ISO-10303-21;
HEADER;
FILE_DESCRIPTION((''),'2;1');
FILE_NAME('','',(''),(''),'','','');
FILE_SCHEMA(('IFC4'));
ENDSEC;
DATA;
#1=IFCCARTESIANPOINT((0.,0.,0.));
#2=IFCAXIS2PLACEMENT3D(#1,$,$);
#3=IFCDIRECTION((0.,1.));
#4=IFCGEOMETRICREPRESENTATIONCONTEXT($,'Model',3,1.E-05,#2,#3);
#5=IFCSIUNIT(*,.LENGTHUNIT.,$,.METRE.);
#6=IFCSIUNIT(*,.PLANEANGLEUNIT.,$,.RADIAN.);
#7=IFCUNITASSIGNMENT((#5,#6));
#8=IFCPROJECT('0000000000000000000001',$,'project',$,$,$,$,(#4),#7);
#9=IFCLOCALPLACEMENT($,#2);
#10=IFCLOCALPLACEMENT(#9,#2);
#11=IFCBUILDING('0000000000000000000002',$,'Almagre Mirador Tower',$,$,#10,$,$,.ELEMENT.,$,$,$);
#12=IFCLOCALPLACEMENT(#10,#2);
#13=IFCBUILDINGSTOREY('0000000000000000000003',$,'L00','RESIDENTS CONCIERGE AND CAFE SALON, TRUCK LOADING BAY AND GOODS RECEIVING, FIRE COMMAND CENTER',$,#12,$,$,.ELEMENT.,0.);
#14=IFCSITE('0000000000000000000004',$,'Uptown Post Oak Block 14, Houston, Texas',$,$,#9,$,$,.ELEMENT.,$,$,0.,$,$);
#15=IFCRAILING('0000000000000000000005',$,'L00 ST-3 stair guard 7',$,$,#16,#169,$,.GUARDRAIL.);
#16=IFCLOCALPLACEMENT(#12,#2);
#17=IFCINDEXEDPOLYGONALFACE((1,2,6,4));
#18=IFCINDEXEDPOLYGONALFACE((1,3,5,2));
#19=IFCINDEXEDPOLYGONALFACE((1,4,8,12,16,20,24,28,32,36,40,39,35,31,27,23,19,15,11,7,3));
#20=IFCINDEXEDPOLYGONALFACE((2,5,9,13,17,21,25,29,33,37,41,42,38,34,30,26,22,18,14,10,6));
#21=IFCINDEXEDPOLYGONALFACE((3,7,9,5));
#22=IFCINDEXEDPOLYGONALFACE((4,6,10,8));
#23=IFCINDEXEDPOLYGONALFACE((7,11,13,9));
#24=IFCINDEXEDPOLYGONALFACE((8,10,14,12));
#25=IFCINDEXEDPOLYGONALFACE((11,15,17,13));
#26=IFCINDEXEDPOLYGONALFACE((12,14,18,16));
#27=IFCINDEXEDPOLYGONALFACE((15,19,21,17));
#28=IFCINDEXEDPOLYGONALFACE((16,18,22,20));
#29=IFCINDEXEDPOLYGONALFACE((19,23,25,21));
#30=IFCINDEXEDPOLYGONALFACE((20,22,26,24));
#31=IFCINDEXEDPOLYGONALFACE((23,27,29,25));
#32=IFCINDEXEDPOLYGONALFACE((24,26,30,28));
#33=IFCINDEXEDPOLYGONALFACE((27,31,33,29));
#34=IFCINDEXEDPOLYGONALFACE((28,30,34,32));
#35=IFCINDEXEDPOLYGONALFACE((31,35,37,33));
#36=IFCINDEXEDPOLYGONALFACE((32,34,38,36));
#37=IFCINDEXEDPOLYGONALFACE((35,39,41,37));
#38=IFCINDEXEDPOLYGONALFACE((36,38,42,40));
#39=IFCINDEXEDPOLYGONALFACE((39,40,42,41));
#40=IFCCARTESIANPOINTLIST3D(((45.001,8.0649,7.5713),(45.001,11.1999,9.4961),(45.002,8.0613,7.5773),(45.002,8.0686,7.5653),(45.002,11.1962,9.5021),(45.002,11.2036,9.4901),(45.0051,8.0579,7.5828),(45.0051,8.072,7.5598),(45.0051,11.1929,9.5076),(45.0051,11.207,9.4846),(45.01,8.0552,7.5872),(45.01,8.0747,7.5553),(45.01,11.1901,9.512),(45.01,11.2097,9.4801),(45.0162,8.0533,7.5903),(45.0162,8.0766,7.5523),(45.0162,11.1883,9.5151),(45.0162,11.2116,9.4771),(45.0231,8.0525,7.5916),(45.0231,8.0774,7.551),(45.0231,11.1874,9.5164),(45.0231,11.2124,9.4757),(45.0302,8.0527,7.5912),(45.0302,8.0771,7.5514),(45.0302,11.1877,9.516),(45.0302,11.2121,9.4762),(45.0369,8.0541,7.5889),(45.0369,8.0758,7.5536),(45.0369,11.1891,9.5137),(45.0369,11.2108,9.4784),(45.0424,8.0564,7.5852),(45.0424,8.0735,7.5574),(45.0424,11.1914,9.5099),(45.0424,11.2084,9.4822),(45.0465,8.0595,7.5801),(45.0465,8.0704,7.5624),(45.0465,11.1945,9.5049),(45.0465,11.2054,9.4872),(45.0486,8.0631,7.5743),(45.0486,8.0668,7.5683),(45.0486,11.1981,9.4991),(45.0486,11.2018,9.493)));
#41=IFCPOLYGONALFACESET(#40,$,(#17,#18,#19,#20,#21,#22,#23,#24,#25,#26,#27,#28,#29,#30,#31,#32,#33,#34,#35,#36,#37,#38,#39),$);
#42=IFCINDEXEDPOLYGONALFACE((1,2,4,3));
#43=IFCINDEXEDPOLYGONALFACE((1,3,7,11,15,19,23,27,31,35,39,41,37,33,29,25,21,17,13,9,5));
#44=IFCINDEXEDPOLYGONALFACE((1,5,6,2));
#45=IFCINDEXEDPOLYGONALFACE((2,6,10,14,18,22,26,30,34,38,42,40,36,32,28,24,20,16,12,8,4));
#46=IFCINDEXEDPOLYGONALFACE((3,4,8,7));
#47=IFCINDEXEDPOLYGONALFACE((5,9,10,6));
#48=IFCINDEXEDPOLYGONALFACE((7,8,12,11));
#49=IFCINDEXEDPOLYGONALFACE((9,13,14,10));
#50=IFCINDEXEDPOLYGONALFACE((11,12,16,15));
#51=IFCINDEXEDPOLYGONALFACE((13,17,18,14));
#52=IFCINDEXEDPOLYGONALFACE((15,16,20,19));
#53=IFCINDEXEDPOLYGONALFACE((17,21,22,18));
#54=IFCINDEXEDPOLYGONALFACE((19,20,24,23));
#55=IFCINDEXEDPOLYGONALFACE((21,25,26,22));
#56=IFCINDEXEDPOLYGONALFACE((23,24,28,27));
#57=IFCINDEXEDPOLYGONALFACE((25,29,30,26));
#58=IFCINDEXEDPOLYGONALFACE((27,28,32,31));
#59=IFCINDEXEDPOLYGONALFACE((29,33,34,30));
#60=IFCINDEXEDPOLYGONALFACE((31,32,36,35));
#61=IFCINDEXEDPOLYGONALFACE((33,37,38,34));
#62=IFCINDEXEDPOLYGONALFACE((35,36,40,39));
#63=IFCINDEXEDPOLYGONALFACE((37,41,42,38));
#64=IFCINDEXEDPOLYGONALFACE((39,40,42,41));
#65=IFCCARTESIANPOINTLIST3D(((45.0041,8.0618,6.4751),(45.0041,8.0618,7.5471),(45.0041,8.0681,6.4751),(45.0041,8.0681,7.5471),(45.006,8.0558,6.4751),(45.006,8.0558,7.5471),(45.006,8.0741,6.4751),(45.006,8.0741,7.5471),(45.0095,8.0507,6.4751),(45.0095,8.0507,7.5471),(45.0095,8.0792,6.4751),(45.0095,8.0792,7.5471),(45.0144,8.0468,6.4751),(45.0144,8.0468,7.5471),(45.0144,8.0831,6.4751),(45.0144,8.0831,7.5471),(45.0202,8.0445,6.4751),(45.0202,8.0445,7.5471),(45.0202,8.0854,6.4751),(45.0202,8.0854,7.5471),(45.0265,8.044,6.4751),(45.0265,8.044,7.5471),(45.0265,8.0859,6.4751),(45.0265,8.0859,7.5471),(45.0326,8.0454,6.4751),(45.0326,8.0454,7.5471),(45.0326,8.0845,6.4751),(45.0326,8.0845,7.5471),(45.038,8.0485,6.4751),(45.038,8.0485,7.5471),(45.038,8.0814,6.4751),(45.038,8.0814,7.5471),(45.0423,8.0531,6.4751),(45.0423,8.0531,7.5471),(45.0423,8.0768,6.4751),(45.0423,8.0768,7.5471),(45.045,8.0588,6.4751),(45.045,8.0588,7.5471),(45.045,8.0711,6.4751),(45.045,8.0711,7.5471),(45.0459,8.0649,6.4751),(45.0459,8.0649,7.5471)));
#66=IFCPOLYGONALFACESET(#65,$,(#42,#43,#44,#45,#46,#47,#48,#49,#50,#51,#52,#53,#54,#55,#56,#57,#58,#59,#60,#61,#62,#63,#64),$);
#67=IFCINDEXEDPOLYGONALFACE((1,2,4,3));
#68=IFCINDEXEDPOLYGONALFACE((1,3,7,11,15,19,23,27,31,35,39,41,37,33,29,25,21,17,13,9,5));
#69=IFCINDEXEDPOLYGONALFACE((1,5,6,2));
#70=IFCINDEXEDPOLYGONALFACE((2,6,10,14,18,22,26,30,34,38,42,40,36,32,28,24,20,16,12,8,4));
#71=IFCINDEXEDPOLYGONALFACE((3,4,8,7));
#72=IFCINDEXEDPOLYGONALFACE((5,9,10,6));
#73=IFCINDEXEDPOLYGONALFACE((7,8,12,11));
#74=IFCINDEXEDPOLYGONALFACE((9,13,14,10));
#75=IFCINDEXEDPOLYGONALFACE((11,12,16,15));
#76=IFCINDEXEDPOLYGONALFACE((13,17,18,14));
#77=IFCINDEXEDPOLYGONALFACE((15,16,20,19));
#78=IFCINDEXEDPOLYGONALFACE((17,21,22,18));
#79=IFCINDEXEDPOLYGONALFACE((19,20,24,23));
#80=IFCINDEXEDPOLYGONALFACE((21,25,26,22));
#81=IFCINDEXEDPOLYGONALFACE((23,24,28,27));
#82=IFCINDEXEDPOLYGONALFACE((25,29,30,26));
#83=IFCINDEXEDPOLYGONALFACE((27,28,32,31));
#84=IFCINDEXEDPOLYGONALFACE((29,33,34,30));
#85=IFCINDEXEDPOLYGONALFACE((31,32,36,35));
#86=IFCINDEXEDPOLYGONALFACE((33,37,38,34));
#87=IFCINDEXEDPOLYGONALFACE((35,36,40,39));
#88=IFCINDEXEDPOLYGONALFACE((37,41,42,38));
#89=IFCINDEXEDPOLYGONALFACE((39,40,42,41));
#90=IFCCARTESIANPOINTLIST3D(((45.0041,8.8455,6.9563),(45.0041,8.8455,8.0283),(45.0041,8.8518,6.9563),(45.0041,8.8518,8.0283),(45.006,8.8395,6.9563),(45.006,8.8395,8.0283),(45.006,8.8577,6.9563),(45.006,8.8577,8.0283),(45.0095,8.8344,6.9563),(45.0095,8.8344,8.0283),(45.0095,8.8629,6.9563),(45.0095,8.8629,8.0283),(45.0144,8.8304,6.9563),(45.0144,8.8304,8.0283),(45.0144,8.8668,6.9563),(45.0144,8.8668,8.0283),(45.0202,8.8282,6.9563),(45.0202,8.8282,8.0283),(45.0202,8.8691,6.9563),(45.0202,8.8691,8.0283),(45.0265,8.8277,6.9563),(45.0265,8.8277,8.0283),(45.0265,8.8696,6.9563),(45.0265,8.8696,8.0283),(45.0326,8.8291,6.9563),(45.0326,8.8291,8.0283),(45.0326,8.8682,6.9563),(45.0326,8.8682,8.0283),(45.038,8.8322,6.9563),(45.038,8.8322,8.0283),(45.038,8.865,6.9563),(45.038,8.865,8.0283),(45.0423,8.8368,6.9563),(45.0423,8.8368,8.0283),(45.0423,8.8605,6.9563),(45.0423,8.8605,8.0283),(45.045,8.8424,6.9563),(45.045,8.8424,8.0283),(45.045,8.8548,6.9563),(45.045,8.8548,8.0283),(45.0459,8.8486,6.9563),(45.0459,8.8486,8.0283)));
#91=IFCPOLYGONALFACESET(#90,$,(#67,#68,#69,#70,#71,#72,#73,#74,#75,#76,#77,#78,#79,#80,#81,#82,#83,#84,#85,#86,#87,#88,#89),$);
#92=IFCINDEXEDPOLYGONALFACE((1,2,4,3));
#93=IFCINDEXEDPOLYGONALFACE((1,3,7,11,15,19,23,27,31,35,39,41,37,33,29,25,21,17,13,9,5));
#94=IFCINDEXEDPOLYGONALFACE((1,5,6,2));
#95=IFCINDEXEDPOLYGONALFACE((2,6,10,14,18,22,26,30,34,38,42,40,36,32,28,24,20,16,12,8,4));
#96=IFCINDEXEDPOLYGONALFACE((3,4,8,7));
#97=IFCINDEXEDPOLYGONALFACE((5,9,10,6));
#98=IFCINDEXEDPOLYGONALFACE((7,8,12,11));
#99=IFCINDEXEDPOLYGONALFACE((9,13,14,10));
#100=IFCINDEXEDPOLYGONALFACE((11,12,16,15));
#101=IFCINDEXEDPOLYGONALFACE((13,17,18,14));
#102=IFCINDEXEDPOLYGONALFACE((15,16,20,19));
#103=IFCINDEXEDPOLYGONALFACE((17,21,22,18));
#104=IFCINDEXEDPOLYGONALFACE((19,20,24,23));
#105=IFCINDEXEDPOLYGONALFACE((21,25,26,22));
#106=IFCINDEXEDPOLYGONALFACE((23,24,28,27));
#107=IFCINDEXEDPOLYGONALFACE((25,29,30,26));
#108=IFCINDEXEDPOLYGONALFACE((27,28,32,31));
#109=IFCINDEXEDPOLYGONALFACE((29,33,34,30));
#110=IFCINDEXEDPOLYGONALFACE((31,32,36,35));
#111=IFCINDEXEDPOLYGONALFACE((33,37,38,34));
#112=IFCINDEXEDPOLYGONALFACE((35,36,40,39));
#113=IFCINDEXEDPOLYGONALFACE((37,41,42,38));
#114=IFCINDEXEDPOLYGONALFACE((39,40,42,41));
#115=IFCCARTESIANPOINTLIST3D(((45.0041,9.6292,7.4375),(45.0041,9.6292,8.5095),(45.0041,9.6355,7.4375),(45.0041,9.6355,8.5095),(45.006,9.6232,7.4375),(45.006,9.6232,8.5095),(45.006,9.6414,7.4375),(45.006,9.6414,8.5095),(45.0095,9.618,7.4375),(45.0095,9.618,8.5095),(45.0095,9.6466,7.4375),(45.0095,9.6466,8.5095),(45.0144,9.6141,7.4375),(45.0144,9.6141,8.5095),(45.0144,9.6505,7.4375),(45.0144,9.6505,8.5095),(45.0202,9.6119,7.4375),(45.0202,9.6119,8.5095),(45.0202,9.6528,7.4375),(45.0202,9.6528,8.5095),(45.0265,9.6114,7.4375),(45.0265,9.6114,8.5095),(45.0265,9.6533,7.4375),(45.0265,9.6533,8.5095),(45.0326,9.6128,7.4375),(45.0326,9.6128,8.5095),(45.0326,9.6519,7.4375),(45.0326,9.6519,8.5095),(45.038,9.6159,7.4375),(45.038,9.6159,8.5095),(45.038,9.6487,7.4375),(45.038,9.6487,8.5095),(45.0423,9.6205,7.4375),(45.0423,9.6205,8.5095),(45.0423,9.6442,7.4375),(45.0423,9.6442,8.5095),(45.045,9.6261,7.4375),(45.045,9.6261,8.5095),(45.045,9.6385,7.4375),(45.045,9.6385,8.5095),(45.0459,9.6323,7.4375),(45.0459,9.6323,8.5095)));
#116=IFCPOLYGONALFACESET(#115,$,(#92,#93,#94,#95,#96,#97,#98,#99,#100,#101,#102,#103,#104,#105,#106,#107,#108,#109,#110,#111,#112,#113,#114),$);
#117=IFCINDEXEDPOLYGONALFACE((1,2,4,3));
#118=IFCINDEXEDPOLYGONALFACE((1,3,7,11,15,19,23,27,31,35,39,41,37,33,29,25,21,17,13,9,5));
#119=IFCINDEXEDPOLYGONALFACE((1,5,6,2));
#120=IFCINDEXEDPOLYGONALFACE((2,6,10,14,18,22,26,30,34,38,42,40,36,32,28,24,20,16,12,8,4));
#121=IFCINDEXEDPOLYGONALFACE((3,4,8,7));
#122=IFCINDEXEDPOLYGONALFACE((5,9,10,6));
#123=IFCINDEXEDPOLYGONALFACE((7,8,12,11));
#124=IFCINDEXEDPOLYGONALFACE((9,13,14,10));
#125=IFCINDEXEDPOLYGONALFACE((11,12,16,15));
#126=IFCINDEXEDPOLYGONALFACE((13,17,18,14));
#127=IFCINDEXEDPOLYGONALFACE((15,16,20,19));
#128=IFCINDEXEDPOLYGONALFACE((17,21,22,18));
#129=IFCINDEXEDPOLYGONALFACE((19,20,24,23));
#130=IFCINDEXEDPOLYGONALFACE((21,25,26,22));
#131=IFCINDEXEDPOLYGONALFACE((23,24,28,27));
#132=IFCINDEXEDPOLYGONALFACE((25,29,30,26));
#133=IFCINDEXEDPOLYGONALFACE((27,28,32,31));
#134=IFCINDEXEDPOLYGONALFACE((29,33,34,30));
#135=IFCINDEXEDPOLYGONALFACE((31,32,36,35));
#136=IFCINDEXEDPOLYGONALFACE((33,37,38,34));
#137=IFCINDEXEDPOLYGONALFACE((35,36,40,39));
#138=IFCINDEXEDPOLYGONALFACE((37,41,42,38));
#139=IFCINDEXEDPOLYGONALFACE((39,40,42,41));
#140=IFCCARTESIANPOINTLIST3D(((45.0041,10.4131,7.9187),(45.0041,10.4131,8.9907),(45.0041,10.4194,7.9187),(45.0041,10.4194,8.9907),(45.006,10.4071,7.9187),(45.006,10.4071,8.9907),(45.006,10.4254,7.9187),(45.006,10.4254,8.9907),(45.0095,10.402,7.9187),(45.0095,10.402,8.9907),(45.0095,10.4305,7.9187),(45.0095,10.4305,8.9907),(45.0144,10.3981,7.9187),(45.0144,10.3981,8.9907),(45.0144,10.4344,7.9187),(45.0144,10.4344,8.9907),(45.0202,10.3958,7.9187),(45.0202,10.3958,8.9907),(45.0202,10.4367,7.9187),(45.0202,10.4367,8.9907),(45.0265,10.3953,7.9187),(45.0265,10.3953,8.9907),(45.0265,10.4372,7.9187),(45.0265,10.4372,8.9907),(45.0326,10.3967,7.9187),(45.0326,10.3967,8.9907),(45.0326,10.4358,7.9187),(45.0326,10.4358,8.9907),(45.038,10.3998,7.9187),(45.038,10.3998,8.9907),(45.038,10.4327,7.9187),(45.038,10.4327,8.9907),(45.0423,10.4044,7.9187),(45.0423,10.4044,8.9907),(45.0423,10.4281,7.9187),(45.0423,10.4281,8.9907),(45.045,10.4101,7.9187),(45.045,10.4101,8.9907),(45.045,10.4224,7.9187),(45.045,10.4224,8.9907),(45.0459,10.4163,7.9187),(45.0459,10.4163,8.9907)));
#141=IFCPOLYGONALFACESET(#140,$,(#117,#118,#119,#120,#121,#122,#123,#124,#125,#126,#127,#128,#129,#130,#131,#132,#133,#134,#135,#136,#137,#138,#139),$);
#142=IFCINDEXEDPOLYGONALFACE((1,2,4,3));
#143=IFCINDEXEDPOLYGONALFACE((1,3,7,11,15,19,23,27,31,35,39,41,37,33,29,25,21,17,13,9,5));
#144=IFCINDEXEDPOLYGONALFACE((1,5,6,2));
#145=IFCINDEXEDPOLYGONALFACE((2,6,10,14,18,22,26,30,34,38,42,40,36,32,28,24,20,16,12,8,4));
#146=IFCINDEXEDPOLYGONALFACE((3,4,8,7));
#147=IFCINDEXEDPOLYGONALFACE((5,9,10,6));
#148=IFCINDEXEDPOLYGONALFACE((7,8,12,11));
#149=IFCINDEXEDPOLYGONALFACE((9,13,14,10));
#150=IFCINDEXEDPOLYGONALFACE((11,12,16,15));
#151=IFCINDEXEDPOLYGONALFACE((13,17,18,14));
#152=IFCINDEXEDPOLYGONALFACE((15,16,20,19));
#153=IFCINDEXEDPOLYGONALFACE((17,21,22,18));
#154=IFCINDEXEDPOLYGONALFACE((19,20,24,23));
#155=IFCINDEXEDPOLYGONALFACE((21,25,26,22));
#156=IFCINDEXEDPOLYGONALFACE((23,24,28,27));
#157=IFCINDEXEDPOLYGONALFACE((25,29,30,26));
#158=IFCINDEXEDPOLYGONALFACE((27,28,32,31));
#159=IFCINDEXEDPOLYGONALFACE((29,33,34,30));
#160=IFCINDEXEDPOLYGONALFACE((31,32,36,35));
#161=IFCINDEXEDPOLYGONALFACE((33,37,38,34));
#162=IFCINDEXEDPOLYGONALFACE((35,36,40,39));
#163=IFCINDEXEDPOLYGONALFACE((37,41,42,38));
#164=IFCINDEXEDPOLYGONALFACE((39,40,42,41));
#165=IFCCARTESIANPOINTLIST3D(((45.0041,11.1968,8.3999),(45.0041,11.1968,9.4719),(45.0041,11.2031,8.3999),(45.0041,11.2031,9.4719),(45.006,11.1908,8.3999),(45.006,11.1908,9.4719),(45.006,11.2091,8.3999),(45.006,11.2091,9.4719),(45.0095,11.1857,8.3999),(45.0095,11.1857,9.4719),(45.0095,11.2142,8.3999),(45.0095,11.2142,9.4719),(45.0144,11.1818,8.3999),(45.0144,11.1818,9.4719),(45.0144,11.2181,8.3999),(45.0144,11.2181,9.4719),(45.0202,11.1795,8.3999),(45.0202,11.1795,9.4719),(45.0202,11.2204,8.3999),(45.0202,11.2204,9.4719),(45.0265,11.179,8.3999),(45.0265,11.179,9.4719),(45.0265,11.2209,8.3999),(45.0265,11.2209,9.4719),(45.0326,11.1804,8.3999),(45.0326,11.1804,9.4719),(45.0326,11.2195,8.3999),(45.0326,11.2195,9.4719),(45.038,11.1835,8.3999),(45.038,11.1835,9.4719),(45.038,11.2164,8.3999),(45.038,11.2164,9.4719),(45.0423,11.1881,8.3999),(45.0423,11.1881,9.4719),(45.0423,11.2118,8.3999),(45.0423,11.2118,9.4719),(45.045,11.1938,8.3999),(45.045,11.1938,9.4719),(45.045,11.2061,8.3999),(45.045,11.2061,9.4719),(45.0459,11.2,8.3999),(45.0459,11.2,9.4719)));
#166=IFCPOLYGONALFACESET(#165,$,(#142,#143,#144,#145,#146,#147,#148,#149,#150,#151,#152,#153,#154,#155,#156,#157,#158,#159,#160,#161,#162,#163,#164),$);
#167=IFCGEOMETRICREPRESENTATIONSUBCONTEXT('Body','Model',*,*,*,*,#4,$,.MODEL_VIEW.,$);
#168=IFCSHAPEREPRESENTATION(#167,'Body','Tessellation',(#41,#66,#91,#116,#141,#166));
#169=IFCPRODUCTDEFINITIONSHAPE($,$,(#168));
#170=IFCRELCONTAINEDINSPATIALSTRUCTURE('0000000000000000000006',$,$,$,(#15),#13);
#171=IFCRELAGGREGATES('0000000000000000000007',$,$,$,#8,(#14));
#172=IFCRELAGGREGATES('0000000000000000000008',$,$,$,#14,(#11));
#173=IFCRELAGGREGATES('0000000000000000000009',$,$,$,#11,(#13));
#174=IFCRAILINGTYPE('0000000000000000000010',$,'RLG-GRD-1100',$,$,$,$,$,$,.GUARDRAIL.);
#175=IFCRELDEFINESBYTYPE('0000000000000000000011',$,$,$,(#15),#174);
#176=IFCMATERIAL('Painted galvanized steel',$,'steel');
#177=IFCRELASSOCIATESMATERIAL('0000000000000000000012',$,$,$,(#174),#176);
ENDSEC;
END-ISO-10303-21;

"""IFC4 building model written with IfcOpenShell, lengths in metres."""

from ifc_helpers import new_model, si_unit, direction, frame, origin, origin_2d, place, context, subcontext, project, spatial, circle, extrude, material, type_object, element, save


model = new_model("IFC4")

# Units and contexts
model_context = context("Model", 3, precision=1e-05, world=origin(), true_north=direction((0.0, 1.0)))
body_context = subcontext(model_context, "Body", "Model", "MODEL_VIEW")
ifc_project = project(units=[si_unit("LENGTHUNIT", "METRE"), si_unit("PLANEANGLEUNIT", "RADIAN")], contexts=[model_context])

# Site, building, storey
site_placement = place(None, origin())
site = spatial("IfcSite", under=ifc_project, at=site_placement, Name="Uptown Post Oak Block 14, Houston, Texas", CompositionType="ELEMENT", RefElevation=0.0)
building_placement = place(site_placement, origin())
building = spatial("IfcBuilding", under=site, at=building_placement, Name="Almagre Mirador Tower", CompositionType="ELEMENT")
storey_placement = place(building_placement, origin())
storey = spatial("IfcBuildingStorey", under=building, at=storey_placement, Name="L00", Description="RESIDENTS CONCIERGE AND CAFE SALON, TRUCK LOADING BAY AND GOODS RECEIVING, FIRE COMMAND CENTER", CompositionType="ELEMENT", Elevation=0.0)

# Railing
ifc_material_1 = material(Name="Painted galvanized steel", Category="steel")
railing_type_1 = type_object("IfcRailingType", Name="RLG-GRD-1100", PredefinedType="GUARDRAIL", material=ifc_material_1)
railing_1_placement = place(storey_placement, frame((45.0249, 8.0649, 6.4751)))
element("IfcRailing", 1, at=railing_1_placement, inside=storey, type_object=railing_type_1, Name="L00 ST-3 stair guard 7", PredefinedType="GUARDRAIL", context=body_context, shape_type="SweptSolid", body=[
    extrude(circle(Radius=0.0239, at=origin_2d()), frame((0.0, 0.0, 1.0962), z_axis=(0.0, 0.852196, 0.523223), x_axis=(-1.0, 0.0, 0.0)), (0.0, 0.0, 1.0), 3.6787),
    extrude(circle(Radius=0.021, at=origin_2d()), origin(), (0.0, 0.0, 1.0), 1.072),
    extrude(circle(Radius=0.021, at=origin_2d()), frame((0.0, 0.7837, 0.4812)), (0.0, 0.0, 1.0), 1.072),
    extrude(circle(Radius=0.021, at=origin_2d()), frame((0.0, 1.5674, 0.9624)), (0.0, 0.0, 1.0), 1.072),
    extrude(circle(Radius=0.021, at=origin_2d()), frame((0.0, 2.3513, 1.4436)), (0.0, 0.0, 1.0), 1.072),
    extrude(circle(Radius=0.021, at=origin_2d()), frame((0.0, 3.135, 1.9248)), (0.0, 0.0, 1.0), 1.072),
])

save(model, "model.ifc")
